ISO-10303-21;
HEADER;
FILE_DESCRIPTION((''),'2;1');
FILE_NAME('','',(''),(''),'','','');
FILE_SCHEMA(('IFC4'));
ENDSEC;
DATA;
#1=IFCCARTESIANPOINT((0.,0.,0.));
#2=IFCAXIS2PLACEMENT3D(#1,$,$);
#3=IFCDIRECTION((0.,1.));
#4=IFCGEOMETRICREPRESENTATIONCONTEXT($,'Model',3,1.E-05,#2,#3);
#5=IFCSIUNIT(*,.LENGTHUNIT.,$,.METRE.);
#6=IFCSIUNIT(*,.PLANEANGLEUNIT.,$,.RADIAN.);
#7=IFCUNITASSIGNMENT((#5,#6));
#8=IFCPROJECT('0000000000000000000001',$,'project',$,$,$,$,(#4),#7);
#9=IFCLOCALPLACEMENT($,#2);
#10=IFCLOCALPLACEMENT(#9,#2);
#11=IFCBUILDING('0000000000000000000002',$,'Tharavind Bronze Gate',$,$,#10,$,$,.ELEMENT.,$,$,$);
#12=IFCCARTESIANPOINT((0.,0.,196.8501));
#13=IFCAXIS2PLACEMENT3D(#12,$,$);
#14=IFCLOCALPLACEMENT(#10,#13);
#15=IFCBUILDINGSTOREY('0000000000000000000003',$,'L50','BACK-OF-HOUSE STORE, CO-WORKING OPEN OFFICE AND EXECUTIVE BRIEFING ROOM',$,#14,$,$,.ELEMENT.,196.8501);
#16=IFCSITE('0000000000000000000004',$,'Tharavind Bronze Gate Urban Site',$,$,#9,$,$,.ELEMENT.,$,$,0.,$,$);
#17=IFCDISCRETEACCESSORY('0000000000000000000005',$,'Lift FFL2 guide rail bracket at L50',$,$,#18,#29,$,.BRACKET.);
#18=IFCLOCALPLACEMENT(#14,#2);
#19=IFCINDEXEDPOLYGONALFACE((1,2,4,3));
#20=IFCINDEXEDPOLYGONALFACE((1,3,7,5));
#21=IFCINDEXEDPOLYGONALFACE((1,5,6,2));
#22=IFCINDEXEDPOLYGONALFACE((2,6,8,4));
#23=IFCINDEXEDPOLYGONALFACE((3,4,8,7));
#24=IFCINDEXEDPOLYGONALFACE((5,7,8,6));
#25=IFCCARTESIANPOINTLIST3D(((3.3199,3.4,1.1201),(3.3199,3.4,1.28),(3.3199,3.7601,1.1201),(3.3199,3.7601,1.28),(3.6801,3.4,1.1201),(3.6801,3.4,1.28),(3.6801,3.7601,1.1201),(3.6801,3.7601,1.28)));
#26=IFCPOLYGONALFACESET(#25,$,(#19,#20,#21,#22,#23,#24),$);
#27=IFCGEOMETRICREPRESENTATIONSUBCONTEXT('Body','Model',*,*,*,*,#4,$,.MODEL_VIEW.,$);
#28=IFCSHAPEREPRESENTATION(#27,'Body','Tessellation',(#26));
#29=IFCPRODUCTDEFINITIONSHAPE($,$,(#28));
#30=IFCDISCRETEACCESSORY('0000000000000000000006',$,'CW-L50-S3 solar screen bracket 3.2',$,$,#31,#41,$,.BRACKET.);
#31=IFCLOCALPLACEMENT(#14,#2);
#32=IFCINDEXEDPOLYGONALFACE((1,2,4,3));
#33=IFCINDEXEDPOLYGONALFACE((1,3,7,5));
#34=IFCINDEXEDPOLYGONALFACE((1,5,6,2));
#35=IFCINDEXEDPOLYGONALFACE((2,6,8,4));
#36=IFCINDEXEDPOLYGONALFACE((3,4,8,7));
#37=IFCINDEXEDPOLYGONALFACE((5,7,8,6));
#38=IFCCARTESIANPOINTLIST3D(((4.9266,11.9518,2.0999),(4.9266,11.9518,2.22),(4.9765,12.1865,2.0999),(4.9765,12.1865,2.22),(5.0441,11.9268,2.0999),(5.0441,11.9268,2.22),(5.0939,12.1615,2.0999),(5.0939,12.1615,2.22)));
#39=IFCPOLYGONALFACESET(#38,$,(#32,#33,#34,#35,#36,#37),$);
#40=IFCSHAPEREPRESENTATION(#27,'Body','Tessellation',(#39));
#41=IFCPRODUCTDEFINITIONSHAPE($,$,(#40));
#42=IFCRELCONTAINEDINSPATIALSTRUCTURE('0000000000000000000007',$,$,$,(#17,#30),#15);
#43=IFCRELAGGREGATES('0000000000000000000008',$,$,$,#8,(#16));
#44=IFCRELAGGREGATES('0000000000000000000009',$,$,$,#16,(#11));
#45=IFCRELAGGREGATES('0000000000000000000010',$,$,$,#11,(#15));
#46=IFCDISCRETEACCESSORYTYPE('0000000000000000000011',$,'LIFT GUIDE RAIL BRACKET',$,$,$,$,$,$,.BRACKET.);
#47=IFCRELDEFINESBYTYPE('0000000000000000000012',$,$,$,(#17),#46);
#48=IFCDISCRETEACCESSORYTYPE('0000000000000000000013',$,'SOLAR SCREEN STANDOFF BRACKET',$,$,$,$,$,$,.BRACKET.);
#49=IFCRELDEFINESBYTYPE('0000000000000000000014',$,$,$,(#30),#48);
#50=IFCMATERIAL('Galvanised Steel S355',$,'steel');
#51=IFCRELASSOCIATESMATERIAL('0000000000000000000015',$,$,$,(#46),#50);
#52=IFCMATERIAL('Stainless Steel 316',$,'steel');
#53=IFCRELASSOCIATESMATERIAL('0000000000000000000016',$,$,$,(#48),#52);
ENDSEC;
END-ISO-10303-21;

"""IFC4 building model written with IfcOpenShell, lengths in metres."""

from ifc_helpers import new_model, si_unit, direction, frame, origin, origin_2d, place, context, subcontext, project, spatial, rectangle, extrude, material, type_object, element, save


model = new_model("IFC4")

# Units and contexts
model_context = context("Model", 3, precision=1e-05, world=origin(), true_north=direction((0.0, 1.0)))
body_context = subcontext(model_context, "Body", "Model", "MODEL_VIEW")
ifc_project = project(units=[si_unit("LENGTHUNIT", "METRE"), si_unit("PLANEANGLEUNIT", "RADIAN")], contexts=[model_context])

# Site, building, storey
site_placement = place(None, origin())
site = spatial("IfcSite", under=ifc_project, at=site_placement, Name="Tharavind Bronze Gate Urban Site", CompositionType="ELEMENT", RefElevation=0.0)
building_placement = place(site_placement, origin())
building = spatial("IfcBuilding", under=site, at=building_placement, Name="Tharavind Bronze Gate", CompositionType="ELEMENT")
storey_placement = place(building_placement, frame((0.0, 0.0, 196.8501)))
storey = spatial("IfcBuildingStorey", under=building, at=storey_placement, Name="L50", Description="BACK-OF-HOUSE STORE, CO-WORKING OPEN OFFICE AND EXECUTIVE BRIEFING ROOM", CompositionType="ELEMENT", Elevation=196.8501)

# Discrete accessories
ifc_material_1 = material(Name="Galvanised Steel S355", Category="steel")
discrete_accessory_type_1 = type_object("IfcDiscreteAccessoryType", Name="LIFT GUIDE RAIL BRACKET", PredefinedType="BRACKET", material=ifc_material_1)
for number, where, z_axis, x_axis, name in (
    (1, (3.5, 3.5801, 1.1201), (0.0, 0.0, 1.0), (1.0, 0.0, 0.0), "Lift FFL2 guide rail bracket at L50"),
):
    element("IfcDiscreteAccessory", number, at=place(storey_placement, frame(where, z_axis=z_axis, x_axis=x_axis)), inside=storey, type_object=discrete_accessory_type_1, Name=name, PredefinedType="BRACKET", context=body_context, shape_type="SweptSolid", body=[
        extrude(rectangle(XDim=0.3601, YDim=0.3601, at=origin_2d()), origin(), (0.0, 0.0, 1.0), 0.1599),
    ])
ifc_material_2 = material(Name="Stainless Steel 316", Category="steel")
discrete_accessory_type_2 = type_object("IfcDiscreteAccessoryType", Name="SOLAR SCREEN STANDOFF BRACKET", PredefinedType="BRACKET", material=ifc_material_2)
discrete_accessory_placement = place(storey_placement, frame((5.0103, 12.0566, 2.0999), z_axis=(0.0, 0.0, 1.0), x_axis=(-0.978148, 0.207912, 0.0)))
element("IfcDiscreteAccessory", 2, at=discrete_accessory_placement, inside=storey, type_object=discrete_accessory_type_2, Name="CW-L50-S3 solar screen bracket 3.2", PredefinedType="BRACKET", context=body_context, shape_type="SweptSolid", body=[
    extrude(rectangle(XDim=0.1201, YDim=0.24, at=origin_2d()), origin(), (0.0, 0.0, 1.0), 0.1201),
])

save(model, "model.ifc")
